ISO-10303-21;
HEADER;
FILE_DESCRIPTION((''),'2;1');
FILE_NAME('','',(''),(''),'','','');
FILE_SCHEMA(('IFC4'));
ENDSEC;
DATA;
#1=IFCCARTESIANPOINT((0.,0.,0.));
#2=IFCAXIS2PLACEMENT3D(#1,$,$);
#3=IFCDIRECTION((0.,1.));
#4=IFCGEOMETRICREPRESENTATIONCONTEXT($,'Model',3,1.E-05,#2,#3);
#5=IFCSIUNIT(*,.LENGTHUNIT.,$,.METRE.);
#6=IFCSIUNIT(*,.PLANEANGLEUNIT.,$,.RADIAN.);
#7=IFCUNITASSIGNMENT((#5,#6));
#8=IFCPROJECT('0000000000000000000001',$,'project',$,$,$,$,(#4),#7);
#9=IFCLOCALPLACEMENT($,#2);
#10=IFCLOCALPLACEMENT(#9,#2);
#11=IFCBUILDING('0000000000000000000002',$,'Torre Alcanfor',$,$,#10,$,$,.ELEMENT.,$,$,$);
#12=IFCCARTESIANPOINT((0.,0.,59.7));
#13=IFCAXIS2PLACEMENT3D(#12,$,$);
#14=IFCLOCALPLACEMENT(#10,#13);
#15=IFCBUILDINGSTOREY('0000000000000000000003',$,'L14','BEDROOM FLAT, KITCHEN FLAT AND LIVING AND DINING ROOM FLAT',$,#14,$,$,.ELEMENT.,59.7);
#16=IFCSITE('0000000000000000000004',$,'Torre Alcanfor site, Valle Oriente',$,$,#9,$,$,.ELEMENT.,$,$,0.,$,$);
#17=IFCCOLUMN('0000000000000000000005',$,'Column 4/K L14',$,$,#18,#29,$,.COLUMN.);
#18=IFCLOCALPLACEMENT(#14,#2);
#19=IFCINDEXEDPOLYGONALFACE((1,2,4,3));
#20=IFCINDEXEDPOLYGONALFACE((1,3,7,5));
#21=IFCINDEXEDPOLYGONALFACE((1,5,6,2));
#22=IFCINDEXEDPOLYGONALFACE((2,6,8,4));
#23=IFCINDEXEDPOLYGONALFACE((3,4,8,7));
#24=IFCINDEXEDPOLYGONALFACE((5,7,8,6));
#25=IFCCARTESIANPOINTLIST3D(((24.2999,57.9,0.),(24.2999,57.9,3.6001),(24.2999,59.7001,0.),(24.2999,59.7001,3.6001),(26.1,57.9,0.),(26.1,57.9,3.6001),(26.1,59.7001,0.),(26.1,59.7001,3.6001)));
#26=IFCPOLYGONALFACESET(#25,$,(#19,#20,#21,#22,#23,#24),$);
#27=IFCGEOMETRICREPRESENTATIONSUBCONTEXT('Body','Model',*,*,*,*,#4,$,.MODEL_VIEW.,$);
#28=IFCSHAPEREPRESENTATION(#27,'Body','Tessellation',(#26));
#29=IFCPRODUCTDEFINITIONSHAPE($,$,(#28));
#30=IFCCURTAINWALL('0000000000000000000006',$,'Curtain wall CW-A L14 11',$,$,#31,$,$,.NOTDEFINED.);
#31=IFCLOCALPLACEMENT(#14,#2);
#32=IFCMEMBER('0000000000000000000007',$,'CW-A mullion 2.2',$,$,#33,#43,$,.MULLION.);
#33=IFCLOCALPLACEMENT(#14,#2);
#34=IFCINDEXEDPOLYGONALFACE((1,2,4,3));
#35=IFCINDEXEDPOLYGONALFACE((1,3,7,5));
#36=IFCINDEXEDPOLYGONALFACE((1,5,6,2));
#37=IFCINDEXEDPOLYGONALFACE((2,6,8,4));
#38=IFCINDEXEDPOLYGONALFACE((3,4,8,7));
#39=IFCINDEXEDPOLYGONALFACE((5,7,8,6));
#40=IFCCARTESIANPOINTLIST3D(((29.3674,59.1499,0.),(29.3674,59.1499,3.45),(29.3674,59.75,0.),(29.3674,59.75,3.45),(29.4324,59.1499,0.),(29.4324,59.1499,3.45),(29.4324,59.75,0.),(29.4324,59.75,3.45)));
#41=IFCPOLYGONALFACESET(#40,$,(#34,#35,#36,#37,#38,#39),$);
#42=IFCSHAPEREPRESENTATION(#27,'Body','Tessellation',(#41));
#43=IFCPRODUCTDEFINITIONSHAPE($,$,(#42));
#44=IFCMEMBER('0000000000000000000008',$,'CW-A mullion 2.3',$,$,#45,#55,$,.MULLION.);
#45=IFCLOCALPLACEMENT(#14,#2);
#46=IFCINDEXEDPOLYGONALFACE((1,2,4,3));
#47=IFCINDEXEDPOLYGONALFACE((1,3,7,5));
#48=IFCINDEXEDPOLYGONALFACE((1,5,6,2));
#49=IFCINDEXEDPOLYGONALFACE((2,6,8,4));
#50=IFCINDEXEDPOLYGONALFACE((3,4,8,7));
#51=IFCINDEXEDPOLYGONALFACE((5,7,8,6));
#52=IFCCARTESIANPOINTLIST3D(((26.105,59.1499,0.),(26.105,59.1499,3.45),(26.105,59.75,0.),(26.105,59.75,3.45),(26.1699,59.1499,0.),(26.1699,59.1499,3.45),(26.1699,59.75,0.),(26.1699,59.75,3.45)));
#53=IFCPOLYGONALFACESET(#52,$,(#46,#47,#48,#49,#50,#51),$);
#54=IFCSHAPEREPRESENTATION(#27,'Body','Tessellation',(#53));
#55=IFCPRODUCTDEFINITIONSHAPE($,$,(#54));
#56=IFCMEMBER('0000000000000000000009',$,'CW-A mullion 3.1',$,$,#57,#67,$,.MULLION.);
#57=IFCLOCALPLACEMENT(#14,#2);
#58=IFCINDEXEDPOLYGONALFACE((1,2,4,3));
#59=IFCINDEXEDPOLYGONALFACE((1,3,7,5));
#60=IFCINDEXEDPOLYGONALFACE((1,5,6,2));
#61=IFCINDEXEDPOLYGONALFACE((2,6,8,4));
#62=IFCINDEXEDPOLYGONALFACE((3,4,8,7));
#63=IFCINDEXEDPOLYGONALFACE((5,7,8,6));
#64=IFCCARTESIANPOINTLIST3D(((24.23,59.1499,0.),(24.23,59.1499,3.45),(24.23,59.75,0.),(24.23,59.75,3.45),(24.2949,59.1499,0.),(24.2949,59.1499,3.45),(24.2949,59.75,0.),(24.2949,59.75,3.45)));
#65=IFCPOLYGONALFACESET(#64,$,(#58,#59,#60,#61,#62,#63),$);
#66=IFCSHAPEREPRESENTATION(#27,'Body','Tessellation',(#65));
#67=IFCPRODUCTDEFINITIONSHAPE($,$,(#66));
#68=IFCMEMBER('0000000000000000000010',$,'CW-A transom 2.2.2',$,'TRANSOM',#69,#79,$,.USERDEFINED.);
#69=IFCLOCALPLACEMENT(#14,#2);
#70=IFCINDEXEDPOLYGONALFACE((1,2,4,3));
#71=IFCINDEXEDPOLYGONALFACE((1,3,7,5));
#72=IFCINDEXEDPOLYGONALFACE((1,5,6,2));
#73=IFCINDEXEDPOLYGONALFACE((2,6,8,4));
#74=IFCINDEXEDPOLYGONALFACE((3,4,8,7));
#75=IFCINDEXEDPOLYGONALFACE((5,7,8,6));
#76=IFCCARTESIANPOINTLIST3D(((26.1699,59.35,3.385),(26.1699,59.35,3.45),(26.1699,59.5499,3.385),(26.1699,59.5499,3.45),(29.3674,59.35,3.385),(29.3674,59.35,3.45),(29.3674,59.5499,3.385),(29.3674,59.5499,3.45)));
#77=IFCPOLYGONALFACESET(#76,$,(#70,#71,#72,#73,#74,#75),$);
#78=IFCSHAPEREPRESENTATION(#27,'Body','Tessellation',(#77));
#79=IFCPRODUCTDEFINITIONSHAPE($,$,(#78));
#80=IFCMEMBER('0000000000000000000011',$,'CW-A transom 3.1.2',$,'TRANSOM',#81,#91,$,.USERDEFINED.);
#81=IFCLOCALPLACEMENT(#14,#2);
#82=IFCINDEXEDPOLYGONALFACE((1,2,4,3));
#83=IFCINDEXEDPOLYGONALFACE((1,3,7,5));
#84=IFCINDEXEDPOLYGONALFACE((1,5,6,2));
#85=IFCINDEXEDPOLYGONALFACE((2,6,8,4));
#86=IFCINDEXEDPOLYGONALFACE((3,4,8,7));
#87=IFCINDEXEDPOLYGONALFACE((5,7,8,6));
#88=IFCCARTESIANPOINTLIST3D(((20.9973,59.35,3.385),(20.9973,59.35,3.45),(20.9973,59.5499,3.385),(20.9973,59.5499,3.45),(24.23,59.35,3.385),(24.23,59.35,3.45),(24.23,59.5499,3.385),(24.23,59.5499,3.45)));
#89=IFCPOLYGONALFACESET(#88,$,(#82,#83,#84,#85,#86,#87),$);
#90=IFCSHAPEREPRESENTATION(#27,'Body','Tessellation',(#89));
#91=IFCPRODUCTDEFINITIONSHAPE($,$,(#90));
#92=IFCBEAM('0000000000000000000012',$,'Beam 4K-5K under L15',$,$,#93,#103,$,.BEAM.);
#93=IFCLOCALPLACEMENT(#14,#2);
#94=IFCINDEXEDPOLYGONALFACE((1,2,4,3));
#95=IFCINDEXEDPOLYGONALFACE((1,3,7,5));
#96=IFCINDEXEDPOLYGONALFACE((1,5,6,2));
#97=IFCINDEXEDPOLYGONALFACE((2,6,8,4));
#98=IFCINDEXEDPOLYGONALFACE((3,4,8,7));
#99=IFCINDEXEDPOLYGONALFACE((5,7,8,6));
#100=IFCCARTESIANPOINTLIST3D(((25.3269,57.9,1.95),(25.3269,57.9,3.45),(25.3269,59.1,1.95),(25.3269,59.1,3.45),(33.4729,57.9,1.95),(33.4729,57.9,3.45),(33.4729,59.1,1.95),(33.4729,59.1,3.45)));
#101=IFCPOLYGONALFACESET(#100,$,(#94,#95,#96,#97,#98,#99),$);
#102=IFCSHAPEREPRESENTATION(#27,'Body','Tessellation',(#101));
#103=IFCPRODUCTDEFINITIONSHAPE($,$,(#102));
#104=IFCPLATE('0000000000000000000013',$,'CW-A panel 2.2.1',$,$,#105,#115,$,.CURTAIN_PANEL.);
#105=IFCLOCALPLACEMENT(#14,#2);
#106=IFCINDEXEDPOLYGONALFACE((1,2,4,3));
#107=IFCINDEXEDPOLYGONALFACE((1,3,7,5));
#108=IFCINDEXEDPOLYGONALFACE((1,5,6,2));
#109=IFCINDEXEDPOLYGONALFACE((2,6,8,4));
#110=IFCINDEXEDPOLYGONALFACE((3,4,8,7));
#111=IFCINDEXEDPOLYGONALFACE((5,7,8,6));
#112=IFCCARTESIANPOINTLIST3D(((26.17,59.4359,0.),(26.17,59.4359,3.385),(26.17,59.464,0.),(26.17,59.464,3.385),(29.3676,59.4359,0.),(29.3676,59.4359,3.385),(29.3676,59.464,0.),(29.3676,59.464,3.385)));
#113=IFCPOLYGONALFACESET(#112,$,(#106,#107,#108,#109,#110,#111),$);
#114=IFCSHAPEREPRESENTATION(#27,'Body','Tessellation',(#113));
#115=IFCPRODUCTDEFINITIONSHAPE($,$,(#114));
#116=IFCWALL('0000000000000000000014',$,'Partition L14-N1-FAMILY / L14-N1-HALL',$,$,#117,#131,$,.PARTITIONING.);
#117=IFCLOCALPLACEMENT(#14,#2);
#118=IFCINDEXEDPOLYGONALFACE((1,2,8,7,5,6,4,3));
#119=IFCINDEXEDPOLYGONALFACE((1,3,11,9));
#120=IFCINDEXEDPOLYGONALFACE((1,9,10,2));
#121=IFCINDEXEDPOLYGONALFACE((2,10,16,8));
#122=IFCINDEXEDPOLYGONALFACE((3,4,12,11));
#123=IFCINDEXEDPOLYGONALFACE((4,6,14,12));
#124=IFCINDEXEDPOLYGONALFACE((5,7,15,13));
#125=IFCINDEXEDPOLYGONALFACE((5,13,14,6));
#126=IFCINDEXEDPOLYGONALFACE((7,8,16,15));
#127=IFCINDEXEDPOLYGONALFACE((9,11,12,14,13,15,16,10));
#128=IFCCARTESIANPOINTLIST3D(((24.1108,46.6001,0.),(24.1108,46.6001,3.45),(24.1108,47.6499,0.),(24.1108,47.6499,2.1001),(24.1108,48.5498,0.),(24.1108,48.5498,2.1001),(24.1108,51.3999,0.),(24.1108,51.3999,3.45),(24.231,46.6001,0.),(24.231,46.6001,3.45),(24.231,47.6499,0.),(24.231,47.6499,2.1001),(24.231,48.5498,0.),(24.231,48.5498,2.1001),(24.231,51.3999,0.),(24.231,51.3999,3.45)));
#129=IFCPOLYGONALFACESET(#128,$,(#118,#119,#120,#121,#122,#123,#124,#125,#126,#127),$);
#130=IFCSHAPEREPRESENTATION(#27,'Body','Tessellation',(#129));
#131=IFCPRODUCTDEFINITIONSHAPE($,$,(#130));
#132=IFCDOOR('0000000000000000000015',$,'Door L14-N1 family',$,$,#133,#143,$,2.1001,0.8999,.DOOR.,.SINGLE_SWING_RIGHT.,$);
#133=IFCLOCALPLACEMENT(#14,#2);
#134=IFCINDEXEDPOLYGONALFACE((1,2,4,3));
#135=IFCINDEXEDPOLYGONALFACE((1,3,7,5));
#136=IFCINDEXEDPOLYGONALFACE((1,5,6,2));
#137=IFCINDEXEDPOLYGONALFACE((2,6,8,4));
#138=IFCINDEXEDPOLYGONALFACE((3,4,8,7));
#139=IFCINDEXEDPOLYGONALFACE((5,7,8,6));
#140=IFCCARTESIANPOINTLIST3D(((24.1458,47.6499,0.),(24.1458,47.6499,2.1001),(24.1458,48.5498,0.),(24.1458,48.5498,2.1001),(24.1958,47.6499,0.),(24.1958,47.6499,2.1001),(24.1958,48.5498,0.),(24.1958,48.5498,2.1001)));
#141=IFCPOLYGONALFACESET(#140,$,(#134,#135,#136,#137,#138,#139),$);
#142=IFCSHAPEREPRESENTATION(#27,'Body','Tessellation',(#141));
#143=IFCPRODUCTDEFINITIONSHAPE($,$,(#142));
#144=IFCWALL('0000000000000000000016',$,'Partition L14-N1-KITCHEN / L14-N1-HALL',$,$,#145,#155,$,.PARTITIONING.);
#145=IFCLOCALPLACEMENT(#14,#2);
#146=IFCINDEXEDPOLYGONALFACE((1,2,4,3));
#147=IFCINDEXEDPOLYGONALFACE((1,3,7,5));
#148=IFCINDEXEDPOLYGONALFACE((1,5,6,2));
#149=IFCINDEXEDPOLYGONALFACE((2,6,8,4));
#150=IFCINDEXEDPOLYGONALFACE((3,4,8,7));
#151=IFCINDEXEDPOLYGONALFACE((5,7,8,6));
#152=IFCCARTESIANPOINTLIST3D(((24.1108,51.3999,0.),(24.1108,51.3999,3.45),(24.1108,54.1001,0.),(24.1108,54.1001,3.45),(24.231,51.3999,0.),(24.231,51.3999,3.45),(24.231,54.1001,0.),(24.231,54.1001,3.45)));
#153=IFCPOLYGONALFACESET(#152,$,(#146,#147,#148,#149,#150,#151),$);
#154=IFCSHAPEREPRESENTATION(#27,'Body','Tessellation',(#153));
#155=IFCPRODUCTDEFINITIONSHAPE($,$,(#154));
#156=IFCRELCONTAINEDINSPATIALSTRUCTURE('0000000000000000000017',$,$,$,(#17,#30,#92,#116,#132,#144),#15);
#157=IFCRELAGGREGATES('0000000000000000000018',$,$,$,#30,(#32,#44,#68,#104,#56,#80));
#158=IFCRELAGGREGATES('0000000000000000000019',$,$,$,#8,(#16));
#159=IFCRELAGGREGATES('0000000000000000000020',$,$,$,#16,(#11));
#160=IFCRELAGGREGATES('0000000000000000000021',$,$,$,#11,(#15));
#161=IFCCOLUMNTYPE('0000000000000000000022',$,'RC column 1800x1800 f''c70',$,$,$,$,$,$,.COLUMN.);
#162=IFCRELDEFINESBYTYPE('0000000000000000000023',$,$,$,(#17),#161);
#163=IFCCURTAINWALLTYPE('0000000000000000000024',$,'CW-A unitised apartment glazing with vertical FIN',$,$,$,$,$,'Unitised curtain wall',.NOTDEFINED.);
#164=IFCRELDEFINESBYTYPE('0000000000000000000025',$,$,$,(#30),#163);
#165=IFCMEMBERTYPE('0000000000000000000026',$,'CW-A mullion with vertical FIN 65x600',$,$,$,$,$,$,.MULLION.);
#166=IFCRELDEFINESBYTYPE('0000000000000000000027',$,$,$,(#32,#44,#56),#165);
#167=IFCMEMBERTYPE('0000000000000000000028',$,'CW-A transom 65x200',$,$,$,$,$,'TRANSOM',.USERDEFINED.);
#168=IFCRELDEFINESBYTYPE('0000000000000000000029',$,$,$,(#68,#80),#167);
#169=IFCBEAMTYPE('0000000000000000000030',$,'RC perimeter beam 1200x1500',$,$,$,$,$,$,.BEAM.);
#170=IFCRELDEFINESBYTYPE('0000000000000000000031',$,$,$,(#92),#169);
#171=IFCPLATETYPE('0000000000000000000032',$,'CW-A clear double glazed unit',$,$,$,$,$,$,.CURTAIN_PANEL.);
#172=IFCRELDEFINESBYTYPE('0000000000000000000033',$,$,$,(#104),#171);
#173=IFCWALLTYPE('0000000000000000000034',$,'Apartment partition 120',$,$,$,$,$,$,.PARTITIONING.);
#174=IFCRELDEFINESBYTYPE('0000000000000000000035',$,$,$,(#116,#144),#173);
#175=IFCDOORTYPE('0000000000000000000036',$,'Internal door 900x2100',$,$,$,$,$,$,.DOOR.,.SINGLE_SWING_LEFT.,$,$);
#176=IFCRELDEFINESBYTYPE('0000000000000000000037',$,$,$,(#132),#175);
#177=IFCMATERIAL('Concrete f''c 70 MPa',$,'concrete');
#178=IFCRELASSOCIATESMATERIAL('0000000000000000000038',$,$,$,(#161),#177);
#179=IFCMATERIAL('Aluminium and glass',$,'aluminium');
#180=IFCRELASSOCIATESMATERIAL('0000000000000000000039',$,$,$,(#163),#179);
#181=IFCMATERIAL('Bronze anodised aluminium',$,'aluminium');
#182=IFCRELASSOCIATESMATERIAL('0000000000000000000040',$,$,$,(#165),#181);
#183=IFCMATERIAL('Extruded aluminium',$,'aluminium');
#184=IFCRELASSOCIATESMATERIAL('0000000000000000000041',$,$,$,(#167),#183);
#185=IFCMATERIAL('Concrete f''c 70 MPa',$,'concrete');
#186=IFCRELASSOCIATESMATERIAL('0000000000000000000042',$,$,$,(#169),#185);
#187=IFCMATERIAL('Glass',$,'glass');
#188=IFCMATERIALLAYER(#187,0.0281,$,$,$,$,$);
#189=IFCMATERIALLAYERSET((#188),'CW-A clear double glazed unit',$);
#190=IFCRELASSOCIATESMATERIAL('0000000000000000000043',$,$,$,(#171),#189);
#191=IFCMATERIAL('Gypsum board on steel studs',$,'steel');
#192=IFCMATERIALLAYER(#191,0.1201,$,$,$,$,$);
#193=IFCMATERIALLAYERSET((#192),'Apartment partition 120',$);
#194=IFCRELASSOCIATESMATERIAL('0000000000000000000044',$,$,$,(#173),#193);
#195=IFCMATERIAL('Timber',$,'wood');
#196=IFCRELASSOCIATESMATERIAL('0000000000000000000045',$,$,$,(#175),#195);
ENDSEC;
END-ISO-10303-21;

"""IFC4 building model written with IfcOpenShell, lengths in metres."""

from ifc_helpers import new_model, si_unit, direction, frame, frame_2d, origin, origin_2d, place, context, subcontext, project, spatial, rectangle, extrude, material, layer, layer_set, material_profile, profile_set, type_object, element, fill, aggregate, save


model = new_model("IFC4")

# Units and contexts
model_context = context("Model", 3, precision=1e-05, world=origin(), true_north=direction((0.0, 1.0)))
body_context = subcontext(model_context, "Body", "Model", "MODEL_VIEW")
ifc_project = project(units=[si_unit("LENGTHUNIT", "METRE"), si_unit("PLANEANGLEUNIT", "RADIAN")], contexts=[model_context])

# Site, building, storey
site_placement = place(None, origin())
site = spatial("IfcSite", under=ifc_project, at=site_placement, Name="Torre Alcanfor site, Valle Oriente", CompositionType="ELEMENT", RefElevation=0.0)
building_placement = place(site_placement, origin())
building = spatial("IfcBuilding", under=site, at=building_placement, Name="Torre Alcanfor", CompositionType="ELEMENT")
storey_placement = place(building_placement, frame((0.0, 0.0, 59.7)))
storey = spatial("IfcBuildingStorey", under=building, at=storey_placement, Name="L14", Description="BEDROOM FLAT, KITCHEN FLAT AND LIVING AND DINING ROOM FLAT", CompositionType="ELEMENT", Elevation=59.7)

# Column
ifc_material_1 = material(Name="Concrete f'c 70 MPa", Category="concrete")
ifc_material_profile_1 = material_profile(ifc_material_1, rectangle(XDim=1.8, YDim=1.8, at=origin_2d()), Name="1800x1800")
ifc_profile_set_1 = profile_set([ifc_material_profile_1], Name="Concrete f'c 70 MPa")
column_type = type_object("IfcColumnType", Name="RC column 1800x1800 f'c70", PredefinedType="COLUMN", material=ifc_profile_set_1)
column_placement = place(storey_placement, frame((25.2, 58.8, 0.0), z_axis=(0.0, 0.0, 1.0), x_axis=(1.0, 0.0, 0.0)))
element("IfcColumn", 1, at=column_placement, inside=storey, type_object=column_type, Name="Column 4/K L14", PredefinedType="COLUMN", context=body_context, shape_type="SweptSolid", body=[
    extrude(rectangle(XDim=1.8, YDim=1.8, at=origin_2d()), origin(), (0.0, 0.0, 1.0), 3.6001),
])

# Curtain wall, members
ifc_material_2 = material(Name="Aluminium and glass", Category="aluminium")
curtain_wall_type = type_object("IfcCurtainWallType", Name="CW-A unitised apartment glazing with vertical FIN", ElementType="Unitised curtain wall", PredefinedType="NOTDEFINED", material=ifc_material_2)
curtain_wall_placement = place(storey_placement, origin())
curtain_wall = element("IfcCurtainWall", 2, at=curtain_wall_placement, inside=storey, type_object=curtain_wall_type, Name="Curtain wall CW-A L14 11", PredefinedType="NOTDEFINED")
ifc_material_3 = material(Name="Bronze anodised aluminium", Category="aluminium")
ifc_material_profile_2 = material_profile(ifc_material_3, rectangle(XDim=0.6001, YDim=0.0649, at=origin_2d()), Name="CW-A mullion 65x600")
ifc_profile_set_2 = profile_set([ifc_material_profile_2], Name="Bronze anodised aluminium")
member_type_1 = type_object("IfcMemberType", Name="CW-A mullion with vertical FIN 65x600", PredefinedType="MULLION", material=ifc_profile_set_2)
member_1_placement = place(storey_placement, frame((29.3999, 59.45, 0.0), z_axis=(0.0, 0.0, 1.0), x_axis=(0.0, -1.0, 0.0)))
member_1 = element("IfcMember", 3, at=member_1_placement, type_object=member_type_1, Name="CW-A mullion 2.2", PredefinedType="MULLION", context=body_context, shape_type="SweptSolid", body=[
    extrude(rectangle(XDim=0.6001, YDim=0.0649, at=origin_2d()), origin(), (0.0, 0.0, 1.0), 3.45),
])
member_2_placement = place(storey_placement, frame((26.1375, 59.45, 0.0), z_axis=(0.0, 0.0, 1.0), x_axis=(0.0, -1.0, 0.0)))
member_2 = element("IfcMember", 4, at=member_2_placement, type_object=member_type_1, Name="CW-A mullion 2.3", PredefinedType="MULLION", context=body_context, shape_type="SweptSolid", body=[
    extrude(rectangle(XDim=0.6001, YDim=0.0649, at=origin_2d()), origin(), (0.0, 0.0, 1.0), 3.45),
])
member_3_placement = place(storey_placement, frame((24.2625, 59.45, 0.0), z_axis=(0.0, 0.0, 1.0), x_axis=(0.0, -1.0, 0.0)))
member_3 = element("IfcMember", 5, at=member_3_placement, type_object=member_type_1, Name="CW-A mullion 3.1", PredefinedType="MULLION", context=body_context, shape_type="SweptSolid", body=[
    extrude(rectangle(XDim=0.6001, YDim=0.0649, at=origin_2d()), origin(), (0.0, 0.0, 1.0), 3.45),
])
ifc_material_4 = material(Name="Extruded aluminium", Category="aluminium")
ifc_material_profile_3 = material_profile(ifc_material_4, rectangle(XDim=0.2, YDim=0.0649, at=origin_2d()), Name="CW-A transom 200x65")
ifc_profile_set_3 = profile_set([ifc_material_profile_3], Name="Extruded aluminium")
member_type_2 = type_object("IfcMemberType", Name="CW-A transom 65x200", ElementType="TRANSOM", PredefinedType="USERDEFINED", material=ifc_profile_set_3)
member_4_placement = place(storey_placement, frame((29.3674, 59.45, 3.4175), z_axis=(-1.0, 0.0, 0.0), x_axis=(0.0, -1.0, 0.0)))
member_4 = element("IfcMember", 6, at=member_4_placement, type_object=member_type_2, Name="CW-A transom 2.2.2", ObjectType="TRANSOM", PredefinedType="USERDEFINED", context=body_context, shape_type="SweptSolid", body=[
    extrude(rectangle(XDim=0.2, YDim=0.0649, at=origin_2d()), origin(), (0.0, 0.0, 1.0), 3.1975),
])
member_5_placement = place(storey_placement, frame((24.23, 59.45, 3.4175), z_axis=(-1.0, 0.0, 0.0), x_axis=(0.0, -1.0, 0.0)))
member_5 = element("IfcMember", 7, at=member_5_placement, type_object=member_type_2, Name="CW-A transom 3.1.2", ObjectType="TRANSOM", PredefinedType="USERDEFINED", context=body_context, shape_type="SweptSolid", body=[
    extrude(rectangle(XDim=0.2, YDim=0.0649, at=origin_2d()), origin(), (0.0, 0.0, 1.0), 3.2327),
])

# Beam
ifc_material_5 = material(Name="Concrete f'c 70 MPa", Category="concrete")
ifc_material_profile_4 = material_profile(ifc_material_5, rectangle(XDim=1.2, YDim=1.5, at=origin_2d()), Name="1200x1500")
ifc_profile_set_4 = profile_set([ifc_material_profile_4], Name="Concrete f'c 70 MPa")
beam_type = type_object("IfcBeamType", Name="RC perimeter beam 1200x1500", PredefinedType="BEAM", material=ifc_profile_set_4)
beam_placement = place(storey_placement, frame((25.3269, 58.5, 2.7), z_axis=(1.0, 0.0, 0.0), x_axis=(0.0, 1.0, 0.0)))
element("IfcBeam", 8, at=beam_placement, inside=storey, type_object=beam_type, Name="Beam 4K-5K under L15", PredefinedType="BEAM", context=body_context, shape_type="SweptSolid", body=[
    extrude(rectangle(XDim=1.2, YDim=1.5, at=origin_2d()), origin(), (0.0, 0.0, 1.0), 8.146),
])

# Plate
ifc_material_6 = material(Name="Glass", Category="glass")
ifc_layer_1 = layer(ifc_material_6, 0.0281)
ifc_layer_set_1 = layer_set([ifc_layer_1], Name="CW-A clear double glazed unit")
plate_type = type_object("IfcPlateType", Name="CW-A clear double glazed unit", PredefinedType="CURTAIN_PANEL", material=ifc_layer_set_1)
plate_placement = place(storey_placement, frame((27.7688, 59.45, 0.0), z_axis=(0.0, 0.0, 1.0), x_axis=(-1.0, 0.0, 0.0)))
plate = element("IfcPlate", 9, at=plate_placement, type_object=plate_type, Name="CW-A panel 2.2.1", PredefinedType="CURTAIN_PANEL", context=body_context, shape_type="SweptSolid", body=[
    extrude(rectangle(XDim=3.1975, YDim=0.0281, at=origin_2d()), origin(), (0.0, 0.0, 1.0), 3.385),
])
aggregate(curtain_wall, [member_1, member_2, member_4, plate, member_3, member_5])

# Wall, opening, door
ifc_material_7 = material(Name="Gypsum board on steel studs", Category="steel")
ifc_layer_2 = layer(ifc_material_7, 0.1201)
ifc_layer_set_2 = layer_set([ifc_layer_2], Name="Apartment partition 120")
wall_type = type_object("IfcWallType", Name="Apartment partition 120", PredefinedType="PARTITIONING", material=ifc_layer_set_2)
wall_1_placement = place(storey_placement, frame((24.1709, 51.3999, 0.0), z_axis=(0.0, 0.0, 1.0), x_axis=(0.0, -1.0, 0.0)))
wall_1 = element("IfcWall", 10, at=wall_1_placement, inside=storey, type_object=wall_type, Name="Partition L14-N1-FAMILY / L14-N1-HALL", PredefinedType="PARTITIONING", context=body_context, shape_type="SweptSolid", body=[
    extrude(rectangle(XDim=4.7998, YDim=0.1201, at=frame_2d((2.3999, 0.0))), origin(), (0.0, 0.0, 1.0), 3.45),
])
opening_1_placement = place(wall_1_placement, frame((2.8501, 0.0, 0.0)))
opening_1 = element("IfcOpeningElement", 11, at=opening_1_placement, cuts=wall_1, PredefinedType="OPENING", context=body_context, shape_type="SweptSolid", body=[
    extrude(rectangle(XDim=0.8999, YDim=2.1001, at=frame_2d((0.45, 1.05))), frame((0.0, 0.0701, 0.0), z_axis=(0.0, -1.0, 0.0), x_axis=(1.0, 0.0, 0.0)), (0.0, 0.0, 1.0), 0.1401),
])
ifc_material_8 = material(Name="Timber", Category="wood")
door_type = type_object("IfcDoorType", Name="Internal door 900x2100", OperationType="SINGLE_SWING_LEFT", PredefinedType="DOOR", material=ifc_material_8)
door_1_placement = place(opening_1_placement, origin())
door_1 = element("IfcDoor", 12, at=door_1_placement, inside=storey, type_object=door_type, Name="Door L14-N1 family", OperationType="SINGLE_SWING_RIGHT", OverallHeight=2.1001, OverallWidth=0.8999, PredefinedType="DOOR", context=body_context, shape_type="SweptSolid", body=[
    extrude(rectangle(XDim=0.8999, YDim=2.1001, at=frame_2d((0.45, 1.05))), frame((0.0, 0.0249, 0.0), z_axis=(0.0, -1.0, 0.0), x_axis=(1.0, 0.0, 0.0)), (0.0, 0.0, 1.0), 0.05),
])
fill(opening_1, door_1)

# Wall
wall_2_placement = place(storey_placement, frame((24.1709, 54.1001, 0.0), z_axis=(0.0, 0.0, 1.0), x_axis=(0.0, -1.0, 0.0)))
element("IfcWall", 13, at=wall_2_placement, inside=storey, type_object=wall_type, Name="Partition L14-N1-KITCHEN / L14-N1-HALL", PredefinedType="PARTITIONING", context=body_context, shape_type="SweptSolid", body=[
    extrude(rectangle(XDim=2.7002, YDim=0.1201, at=frame_2d((1.3501, 0.0))), origin(), (0.0, 0.0, 1.0), 3.45),
])

save(model, "model.ifc")
